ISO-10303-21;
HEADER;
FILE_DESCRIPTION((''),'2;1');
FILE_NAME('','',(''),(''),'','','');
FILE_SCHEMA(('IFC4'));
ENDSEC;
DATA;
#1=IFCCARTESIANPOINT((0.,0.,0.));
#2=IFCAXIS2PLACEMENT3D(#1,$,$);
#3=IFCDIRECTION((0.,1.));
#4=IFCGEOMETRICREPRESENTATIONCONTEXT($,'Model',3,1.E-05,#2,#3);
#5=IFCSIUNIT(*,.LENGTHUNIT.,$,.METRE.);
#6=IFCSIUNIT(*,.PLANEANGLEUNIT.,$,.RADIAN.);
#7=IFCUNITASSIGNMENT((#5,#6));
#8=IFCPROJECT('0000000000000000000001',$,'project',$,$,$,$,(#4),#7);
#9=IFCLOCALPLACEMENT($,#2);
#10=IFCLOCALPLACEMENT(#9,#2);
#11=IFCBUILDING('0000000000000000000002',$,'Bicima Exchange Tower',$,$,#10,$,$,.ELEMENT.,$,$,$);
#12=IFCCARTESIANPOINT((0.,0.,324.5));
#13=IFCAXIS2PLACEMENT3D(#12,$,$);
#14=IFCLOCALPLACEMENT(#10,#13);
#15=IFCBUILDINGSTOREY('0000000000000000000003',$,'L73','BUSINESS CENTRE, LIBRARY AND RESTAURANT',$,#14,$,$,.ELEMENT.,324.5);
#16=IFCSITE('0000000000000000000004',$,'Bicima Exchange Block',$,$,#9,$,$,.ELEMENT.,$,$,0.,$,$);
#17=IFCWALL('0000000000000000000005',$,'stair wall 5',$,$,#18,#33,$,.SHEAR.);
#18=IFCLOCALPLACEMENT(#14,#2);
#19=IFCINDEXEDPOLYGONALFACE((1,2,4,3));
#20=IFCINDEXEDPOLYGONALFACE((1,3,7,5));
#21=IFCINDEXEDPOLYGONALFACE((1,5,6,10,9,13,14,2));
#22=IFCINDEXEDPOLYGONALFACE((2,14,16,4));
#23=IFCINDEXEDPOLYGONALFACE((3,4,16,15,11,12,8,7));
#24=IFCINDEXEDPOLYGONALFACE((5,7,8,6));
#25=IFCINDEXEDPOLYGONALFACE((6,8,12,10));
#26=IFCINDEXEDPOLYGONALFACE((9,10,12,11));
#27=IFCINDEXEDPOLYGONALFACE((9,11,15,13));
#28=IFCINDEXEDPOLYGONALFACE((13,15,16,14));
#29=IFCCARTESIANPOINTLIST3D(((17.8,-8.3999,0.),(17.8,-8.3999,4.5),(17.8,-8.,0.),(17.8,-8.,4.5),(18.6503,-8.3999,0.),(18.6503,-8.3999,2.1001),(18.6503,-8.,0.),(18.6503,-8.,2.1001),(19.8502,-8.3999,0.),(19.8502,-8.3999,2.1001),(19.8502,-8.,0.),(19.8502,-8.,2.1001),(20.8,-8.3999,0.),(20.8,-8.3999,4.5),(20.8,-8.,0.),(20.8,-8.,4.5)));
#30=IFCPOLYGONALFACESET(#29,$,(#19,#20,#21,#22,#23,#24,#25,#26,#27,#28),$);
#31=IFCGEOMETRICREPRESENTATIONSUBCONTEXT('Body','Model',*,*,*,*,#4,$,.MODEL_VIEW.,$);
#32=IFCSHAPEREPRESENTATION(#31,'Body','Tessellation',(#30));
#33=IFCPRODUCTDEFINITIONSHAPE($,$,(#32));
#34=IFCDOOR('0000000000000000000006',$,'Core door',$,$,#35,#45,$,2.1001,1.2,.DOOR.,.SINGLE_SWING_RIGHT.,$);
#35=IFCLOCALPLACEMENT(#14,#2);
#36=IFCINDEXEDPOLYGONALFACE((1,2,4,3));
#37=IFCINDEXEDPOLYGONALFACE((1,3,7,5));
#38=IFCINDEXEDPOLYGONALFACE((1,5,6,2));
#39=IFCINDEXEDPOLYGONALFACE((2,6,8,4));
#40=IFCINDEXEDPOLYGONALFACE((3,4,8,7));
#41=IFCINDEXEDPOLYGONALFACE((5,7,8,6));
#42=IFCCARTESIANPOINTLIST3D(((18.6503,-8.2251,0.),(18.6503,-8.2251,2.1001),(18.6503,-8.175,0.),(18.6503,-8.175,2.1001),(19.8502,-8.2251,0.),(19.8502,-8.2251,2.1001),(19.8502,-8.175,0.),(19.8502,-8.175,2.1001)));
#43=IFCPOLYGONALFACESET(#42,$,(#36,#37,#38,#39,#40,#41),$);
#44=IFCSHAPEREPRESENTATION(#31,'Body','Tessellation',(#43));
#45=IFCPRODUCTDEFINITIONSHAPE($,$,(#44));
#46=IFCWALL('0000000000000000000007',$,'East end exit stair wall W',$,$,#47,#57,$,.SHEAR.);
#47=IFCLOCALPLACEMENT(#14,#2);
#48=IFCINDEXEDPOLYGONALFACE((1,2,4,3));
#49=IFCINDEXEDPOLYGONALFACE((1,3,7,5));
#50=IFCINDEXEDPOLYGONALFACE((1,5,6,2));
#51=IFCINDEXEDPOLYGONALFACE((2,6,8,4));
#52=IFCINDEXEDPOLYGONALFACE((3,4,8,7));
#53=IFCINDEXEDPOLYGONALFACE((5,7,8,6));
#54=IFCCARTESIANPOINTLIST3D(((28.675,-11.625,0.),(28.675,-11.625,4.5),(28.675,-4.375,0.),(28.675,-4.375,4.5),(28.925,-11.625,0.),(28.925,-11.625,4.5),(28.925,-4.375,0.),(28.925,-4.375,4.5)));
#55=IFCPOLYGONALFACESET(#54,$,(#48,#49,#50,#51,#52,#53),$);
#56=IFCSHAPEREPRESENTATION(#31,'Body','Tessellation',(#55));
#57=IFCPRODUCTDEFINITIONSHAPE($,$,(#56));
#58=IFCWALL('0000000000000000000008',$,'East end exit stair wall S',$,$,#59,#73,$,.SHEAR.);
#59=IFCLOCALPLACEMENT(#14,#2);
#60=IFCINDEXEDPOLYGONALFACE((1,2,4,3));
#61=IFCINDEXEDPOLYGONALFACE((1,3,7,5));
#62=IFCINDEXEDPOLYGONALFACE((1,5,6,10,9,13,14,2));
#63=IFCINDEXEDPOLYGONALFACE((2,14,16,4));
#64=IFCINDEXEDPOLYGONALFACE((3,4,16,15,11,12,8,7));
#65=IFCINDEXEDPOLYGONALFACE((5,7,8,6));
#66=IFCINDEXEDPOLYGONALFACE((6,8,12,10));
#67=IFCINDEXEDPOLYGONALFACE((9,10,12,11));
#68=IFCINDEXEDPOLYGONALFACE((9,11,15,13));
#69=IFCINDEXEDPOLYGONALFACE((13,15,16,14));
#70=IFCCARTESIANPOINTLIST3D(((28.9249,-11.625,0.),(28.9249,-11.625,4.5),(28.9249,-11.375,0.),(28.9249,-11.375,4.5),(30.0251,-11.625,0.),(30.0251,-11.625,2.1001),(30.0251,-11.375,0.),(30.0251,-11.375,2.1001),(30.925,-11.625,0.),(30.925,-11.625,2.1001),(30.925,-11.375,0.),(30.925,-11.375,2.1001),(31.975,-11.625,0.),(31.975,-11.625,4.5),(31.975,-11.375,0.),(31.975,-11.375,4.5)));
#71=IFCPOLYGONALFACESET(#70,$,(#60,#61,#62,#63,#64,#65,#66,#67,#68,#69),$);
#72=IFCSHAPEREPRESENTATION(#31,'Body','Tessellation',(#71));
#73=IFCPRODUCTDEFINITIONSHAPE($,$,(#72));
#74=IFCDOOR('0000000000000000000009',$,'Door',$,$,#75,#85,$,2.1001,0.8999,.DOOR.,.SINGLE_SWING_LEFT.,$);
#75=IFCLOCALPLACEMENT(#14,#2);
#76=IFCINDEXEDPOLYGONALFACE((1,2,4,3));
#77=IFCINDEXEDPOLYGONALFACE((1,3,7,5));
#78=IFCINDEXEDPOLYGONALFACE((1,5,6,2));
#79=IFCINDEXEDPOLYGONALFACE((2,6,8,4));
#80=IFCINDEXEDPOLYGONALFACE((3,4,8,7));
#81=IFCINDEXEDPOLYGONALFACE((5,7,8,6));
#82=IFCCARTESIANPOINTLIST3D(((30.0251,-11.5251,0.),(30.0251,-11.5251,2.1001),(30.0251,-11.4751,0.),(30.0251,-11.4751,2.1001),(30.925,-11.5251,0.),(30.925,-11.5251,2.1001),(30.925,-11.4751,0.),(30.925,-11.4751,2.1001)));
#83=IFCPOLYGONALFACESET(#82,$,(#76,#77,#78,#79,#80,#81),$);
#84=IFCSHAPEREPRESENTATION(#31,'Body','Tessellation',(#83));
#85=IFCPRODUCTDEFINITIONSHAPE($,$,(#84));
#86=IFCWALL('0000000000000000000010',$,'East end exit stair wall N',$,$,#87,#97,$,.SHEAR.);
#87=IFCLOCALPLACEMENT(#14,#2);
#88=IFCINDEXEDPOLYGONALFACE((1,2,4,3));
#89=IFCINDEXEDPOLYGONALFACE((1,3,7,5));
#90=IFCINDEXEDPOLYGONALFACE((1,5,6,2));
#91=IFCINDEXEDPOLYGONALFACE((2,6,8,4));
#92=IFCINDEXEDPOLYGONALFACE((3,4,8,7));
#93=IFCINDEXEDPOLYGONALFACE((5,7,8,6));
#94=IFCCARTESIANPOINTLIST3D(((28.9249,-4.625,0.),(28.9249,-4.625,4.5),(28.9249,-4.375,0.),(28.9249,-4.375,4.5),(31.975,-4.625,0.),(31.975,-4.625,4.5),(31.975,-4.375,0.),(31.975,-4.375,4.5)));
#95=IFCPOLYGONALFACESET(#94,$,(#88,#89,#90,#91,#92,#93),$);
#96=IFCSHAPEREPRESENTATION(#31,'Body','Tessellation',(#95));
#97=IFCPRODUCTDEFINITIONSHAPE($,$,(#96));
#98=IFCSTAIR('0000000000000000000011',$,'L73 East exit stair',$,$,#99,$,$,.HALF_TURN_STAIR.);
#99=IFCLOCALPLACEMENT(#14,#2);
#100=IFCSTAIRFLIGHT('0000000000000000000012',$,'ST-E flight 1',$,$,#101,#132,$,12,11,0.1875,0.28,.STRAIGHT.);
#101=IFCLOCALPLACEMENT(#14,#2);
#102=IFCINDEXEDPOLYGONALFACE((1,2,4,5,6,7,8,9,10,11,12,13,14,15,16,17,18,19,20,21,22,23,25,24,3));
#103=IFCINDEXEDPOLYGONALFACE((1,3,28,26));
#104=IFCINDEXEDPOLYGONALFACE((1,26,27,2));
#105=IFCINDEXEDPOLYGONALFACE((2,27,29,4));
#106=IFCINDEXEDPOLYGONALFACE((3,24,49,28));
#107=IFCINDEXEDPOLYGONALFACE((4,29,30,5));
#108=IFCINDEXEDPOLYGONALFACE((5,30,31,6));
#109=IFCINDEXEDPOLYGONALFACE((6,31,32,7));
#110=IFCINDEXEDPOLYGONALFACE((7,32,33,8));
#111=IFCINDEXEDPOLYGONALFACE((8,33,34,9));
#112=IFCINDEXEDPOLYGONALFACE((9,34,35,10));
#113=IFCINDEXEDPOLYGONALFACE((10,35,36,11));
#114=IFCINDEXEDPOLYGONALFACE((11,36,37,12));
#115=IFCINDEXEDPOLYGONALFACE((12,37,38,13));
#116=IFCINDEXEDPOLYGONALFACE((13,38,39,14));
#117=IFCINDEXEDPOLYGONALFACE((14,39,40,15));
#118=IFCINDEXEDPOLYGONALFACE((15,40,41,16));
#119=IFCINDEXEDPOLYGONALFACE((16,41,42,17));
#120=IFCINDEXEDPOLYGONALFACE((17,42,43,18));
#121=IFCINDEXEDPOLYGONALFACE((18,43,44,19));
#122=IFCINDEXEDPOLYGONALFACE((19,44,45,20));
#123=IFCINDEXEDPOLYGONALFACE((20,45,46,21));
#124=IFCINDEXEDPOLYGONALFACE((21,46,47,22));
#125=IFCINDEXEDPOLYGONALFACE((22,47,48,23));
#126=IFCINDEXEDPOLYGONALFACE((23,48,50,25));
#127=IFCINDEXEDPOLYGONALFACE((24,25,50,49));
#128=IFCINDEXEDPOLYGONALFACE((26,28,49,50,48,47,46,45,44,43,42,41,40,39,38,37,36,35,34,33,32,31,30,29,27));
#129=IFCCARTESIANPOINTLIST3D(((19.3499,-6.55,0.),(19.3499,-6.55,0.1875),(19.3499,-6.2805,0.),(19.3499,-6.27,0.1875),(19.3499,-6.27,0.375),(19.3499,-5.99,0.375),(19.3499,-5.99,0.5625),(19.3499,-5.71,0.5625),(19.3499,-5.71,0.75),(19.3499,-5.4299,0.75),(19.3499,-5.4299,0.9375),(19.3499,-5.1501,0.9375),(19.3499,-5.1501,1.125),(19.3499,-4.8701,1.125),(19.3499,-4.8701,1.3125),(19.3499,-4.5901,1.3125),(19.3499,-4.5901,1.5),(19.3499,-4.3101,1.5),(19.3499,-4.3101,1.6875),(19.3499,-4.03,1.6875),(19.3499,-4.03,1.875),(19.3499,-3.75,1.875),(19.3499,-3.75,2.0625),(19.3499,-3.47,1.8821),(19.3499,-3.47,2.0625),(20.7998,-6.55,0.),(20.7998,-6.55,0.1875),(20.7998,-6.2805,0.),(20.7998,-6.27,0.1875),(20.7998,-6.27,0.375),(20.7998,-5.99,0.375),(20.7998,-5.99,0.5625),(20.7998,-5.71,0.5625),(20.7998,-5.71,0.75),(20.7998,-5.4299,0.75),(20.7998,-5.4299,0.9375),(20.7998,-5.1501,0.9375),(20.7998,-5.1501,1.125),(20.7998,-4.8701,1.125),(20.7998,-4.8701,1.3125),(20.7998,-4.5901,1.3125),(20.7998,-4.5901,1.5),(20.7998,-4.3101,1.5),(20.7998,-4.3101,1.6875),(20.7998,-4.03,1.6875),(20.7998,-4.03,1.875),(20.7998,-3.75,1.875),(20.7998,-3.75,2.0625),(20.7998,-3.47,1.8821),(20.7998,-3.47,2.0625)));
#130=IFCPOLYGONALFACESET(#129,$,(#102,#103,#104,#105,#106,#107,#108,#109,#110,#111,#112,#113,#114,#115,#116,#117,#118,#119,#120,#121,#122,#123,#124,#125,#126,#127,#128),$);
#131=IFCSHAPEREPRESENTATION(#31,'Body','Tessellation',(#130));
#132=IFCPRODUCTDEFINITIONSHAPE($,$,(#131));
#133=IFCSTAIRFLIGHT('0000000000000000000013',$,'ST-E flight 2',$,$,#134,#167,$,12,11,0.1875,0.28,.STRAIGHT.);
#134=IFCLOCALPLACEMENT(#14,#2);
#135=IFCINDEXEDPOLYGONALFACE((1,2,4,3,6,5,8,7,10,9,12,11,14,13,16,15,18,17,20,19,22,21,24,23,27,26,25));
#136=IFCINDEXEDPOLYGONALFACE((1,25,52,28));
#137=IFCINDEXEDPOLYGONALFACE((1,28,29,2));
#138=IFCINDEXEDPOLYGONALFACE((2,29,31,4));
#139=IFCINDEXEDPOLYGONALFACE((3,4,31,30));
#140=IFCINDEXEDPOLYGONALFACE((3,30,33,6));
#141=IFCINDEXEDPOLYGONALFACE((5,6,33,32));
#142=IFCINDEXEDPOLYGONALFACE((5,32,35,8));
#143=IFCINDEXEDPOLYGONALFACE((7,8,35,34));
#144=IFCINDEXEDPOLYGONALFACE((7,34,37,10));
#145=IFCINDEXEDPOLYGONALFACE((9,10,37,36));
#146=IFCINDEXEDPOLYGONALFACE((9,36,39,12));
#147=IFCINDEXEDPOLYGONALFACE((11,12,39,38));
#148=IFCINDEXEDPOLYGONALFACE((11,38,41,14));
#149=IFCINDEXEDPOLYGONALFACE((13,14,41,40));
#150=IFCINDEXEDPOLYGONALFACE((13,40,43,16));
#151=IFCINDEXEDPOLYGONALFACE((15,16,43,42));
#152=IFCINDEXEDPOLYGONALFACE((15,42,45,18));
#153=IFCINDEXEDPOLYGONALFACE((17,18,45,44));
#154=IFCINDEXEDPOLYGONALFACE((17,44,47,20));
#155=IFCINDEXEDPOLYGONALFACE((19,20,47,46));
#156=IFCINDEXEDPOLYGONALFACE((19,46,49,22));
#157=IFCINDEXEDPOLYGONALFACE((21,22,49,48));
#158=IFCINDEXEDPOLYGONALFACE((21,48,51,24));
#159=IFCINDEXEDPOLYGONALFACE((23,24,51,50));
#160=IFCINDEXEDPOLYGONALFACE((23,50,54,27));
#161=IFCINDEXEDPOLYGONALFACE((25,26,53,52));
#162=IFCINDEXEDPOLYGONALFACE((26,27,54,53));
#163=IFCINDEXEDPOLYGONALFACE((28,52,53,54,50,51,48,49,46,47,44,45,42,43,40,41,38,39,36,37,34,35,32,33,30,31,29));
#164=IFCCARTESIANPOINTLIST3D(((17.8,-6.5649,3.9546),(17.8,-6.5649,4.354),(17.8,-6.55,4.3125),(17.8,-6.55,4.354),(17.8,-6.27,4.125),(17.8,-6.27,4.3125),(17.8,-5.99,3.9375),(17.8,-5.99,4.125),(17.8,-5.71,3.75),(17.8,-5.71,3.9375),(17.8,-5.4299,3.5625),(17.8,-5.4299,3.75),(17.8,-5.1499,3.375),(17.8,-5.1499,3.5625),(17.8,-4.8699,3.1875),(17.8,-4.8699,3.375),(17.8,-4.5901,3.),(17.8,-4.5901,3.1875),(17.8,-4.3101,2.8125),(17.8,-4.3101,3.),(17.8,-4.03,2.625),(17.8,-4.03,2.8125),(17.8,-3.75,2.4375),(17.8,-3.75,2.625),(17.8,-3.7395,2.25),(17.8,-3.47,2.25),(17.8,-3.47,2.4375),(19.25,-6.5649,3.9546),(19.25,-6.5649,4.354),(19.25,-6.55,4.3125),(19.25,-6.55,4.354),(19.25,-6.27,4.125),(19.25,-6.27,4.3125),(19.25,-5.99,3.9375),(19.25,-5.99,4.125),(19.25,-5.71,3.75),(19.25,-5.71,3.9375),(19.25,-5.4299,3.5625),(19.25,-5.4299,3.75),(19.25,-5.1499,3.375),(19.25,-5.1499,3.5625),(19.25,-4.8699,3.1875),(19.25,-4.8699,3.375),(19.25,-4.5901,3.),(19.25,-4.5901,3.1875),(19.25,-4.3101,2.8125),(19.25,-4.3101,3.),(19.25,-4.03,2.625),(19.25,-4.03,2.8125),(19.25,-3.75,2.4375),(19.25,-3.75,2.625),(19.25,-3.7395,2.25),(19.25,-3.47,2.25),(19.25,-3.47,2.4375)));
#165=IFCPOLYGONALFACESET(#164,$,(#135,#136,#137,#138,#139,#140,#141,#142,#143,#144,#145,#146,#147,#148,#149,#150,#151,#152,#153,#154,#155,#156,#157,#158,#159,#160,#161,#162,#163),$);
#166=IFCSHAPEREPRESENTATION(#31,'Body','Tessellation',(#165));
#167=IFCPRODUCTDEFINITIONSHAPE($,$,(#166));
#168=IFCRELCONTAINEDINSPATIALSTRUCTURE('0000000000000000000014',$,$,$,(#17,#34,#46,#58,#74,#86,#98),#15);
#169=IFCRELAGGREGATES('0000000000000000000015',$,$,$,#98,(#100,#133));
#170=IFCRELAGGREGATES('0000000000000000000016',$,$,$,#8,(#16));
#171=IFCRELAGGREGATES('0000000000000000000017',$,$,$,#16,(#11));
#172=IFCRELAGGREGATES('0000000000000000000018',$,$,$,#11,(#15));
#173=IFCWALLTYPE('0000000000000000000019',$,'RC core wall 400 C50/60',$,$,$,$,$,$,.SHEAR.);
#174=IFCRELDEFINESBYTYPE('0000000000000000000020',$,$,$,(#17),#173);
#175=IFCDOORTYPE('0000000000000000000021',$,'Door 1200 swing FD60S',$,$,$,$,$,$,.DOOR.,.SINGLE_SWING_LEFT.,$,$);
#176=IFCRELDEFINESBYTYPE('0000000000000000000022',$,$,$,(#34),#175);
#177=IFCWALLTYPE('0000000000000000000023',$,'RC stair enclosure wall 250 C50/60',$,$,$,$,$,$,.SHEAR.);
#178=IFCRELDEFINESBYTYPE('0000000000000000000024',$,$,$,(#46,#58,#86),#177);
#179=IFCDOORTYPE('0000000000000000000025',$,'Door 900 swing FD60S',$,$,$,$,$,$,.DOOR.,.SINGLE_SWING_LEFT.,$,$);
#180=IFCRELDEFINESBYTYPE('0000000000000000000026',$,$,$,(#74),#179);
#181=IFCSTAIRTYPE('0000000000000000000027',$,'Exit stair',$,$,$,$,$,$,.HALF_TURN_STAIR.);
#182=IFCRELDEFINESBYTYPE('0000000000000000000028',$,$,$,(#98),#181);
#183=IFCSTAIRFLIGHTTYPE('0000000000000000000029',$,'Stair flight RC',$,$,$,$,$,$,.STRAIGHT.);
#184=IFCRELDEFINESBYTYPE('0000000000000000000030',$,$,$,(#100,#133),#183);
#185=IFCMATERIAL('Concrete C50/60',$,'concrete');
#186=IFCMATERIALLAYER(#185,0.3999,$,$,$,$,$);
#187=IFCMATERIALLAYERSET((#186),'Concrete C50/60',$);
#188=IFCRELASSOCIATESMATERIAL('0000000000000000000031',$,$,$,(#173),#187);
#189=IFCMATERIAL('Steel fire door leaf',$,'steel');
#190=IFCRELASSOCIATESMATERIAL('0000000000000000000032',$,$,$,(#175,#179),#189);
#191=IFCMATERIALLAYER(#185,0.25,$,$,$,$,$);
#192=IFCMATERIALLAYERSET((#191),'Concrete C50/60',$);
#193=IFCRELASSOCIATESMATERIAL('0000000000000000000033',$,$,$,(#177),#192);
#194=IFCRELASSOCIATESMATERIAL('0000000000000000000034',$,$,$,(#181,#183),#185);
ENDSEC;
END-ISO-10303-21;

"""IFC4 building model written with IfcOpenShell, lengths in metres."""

from ifc_helpers import new_model, si_unit, direction, frame, frame_2d, origin, place, context, subcontext, project, spatial, polyline, rectangle, outline, extrude, material, layer, layer_set, type_object, element, fill, aggregate, save


model = new_model("IFC4")

# Units and contexts
model_context = context("Model", 3, precision=1e-05, world=origin(), true_north=direction((0.0, 1.0)))
body_context = subcontext(model_context, "Body", "Model", "MODEL_VIEW")
ifc_project = project(units=[si_unit("LENGTHUNIT", "METRE"), si_unit("PLANEANGLEUNIT", "RADIAN")], contexts=[model_context])

# Site, building, storey
site_placement = place(None, origin())
site = spatial("IfcSite", under=ifc_project, at=site_placement, Name="Bicima Exchange Block", CompositionType="ELEMENT", RefElevation=0.0)
building_placement = place(site_placement, origin())
building = spatial("IfcBuilding", under=site, at=building_placement, Name="Bicima Exchange Tower", CompositionType="ELEMENT")
storey_placement = place(building_placement, frame((0.0, 0.0, 324.5)))
storey = spatial("IfcBuildingStorey", under=building, at=storey_placement, Name="L73", Description="BUSINESS CENTRE, LIBRARY AND RESTAURANT", CompositionType="ELEMENT", Elevation=324.5)

# Wall, opening, door
ifc_material_1 = material(Name="Concrete C50/60", Category="concrete")
ifc_layer_1 = layer(ifc_material_1, 0.3999)
ifc_layer_set_1 = layer_set([ifc_layer_1], Name="Concrete C50/60")
wall_type_1 = type_object("IfcWallType", Name="RC core wall 400 C50/60", PredefinedType="SHEAR", material=ifc_layer_set_1)
wall_1_placement = place(storey_placement, frame((17.8, -8.2, 0.0), z_axis=(0.0, 0.0, 1.0), x_axis=(1.0, 0.0, 0.0)))
wall_1 = element("IfcWall", 1, at=wall_1_placement, inside=storey, type_object=wall_type_1, Name="stair wall 5", PredefinedType="SHEAR", context=body_context, shape_type="SweptSolid", body=[
    extrude(rectangle(XDim=3.0, YDim=0.3999, at=frame_2d((1.5, 0.0))), origin(), (0.0, 0.0, 1.0), 4.5),
])
opening_1_placement = place(wall_1_placement, frame((0.8501, 0.0, 0.0)))
opening_1 = element("IfcOpeningElement", 2, at=opening_1_placement, cuts=wall_1, PredefinedType="OPENING", context=body_context, shape_type="SweptSolid", body=[
    extrude(rectangle(XDim=1.2, YDim=2.1001, at=frame_2d((0.6001, 1.05))), frame((0.0, 0.2119, 0.0), z_axis=(0.0, -1.0, 0.0), x_axis=(1.0, 0.0, 0.0)), (0.0, 0.0, 1.0), 0.4238),
])
ifc_material_2 = material(Name="Steel fire door leaf", Category="steel")
door_type_1 = type_object("IfcDoorType", Name="Door 1200 swing FD60S", OperationType="SINGLE_SWING_LEFT", PredefinedType="DOOR", material=ifc_material_2)
door_1_placement = place(opening_1_placement, origin())
door_1 = element("IfcDoor", 3, at=door_1_placement, inside=storey, type_object=door_type_1, Name="Core door", OperationType="SINGLE_SWING_RIGHT", OverallHeight=2.1001, OverallWidth=1.2, PredefinedType="DOOR", context=body_context, shape_type="SweptSolid", body=[
    extrude(rectangle(XDim=1.2, YDim=2.1001, at=frame_2d((0.6001, 1.05))), frame((0.0, 0.0249, 0.0), z_axis=(0.0, -1.0, 0.0), x_axis=(1.0, 0.0, 0.0)), (0.0, 0.0, 1.0), 0.05),
])
fill(opening_1, door_1)

# Wall
ifc_layer_2 = layer(ifc_material_1, 0.25)
ifc_layer_set_2 = layer_set([ifc_layer_2], Name="Concrete C50/60")
wall_type_2 = type_object("IfcWallType", Name="RC stair enclosure wall 250 C50/60", PredefinedType="SHEAR", material=ifc_layer_set_2)
wall_2_placement = place(storey_placement, frame((28.8, -11.625, 0.0), z_axis=(0.0, 0.0, 1.0), x_axis=(0.0, 1.0, 0.0)))
element("IfcWall", 4, at=wall_2_placement, inside=storey, type_object=wall_type_2, Name="East end exit stair wall W", PredefinedType="SHEAR", context=body_context, shape_type="SweptSolid", body=[
    extrude(rectangle(XDim=7.25, YDim=0.25, at=frame_2d((3.625, 0.0))), origin(), (0.0, 0.0, 1.0), 4.5),
])

# Wall, opening, door
wall_3_placement = place(storey_placement, frame((28.925, -11.5, 0.0), z_axis=(0.0, 0.0, 1.0), x_axis=(1.0, 0.0, 0.0)))
wall_3 = element("IfcWall", 5, at=wall_3_placement, inside=storey, type_object=wall_type_2, Name="East end exit stair wall S", PredefinedType="SHEAR", context=body_context, shape_type="SweptSolid", body=[
    extrude(rectangle(XDim=3.05, YDim=0.25, at=frame_2d((1.5249, 0.0))), origin(), (0.0, 0.0, 1.0), 4.5),
])
opening_2_placement = place(wall_3_placement, frame((1.1001, 0.0, 0.0)))
opening_2 = element("IfcOpeningElement", 6, at=opening_2_placement, cuts=wall_3, PredefinedType="OPENING", context=body_context, shape_type="SweptSolid", body=[
    extrude(rectangle(XDim=0.8999, YDim=2.1001, at=frame_2d((0.45, 1.05))), frame((0.0, 0.137, 0.0), z_axis=(0.0, -1.0, 0.0), x_axis=(1.0, 0.0, 0.0)), (0.0, 0.0, 1.0), 0.2739),
])
door_type_2 = type_object("IfcDoorType", Name="Door 900 swing FD60S", OperationType="SINGLE_SWING_LEFT", PredefinedType="DOOR", material=ifc_material_2)
door_2_placement = place(opening_2_placement, origin())
door_2 = element("IfcDoor", 7, at=door_2_placement, inside=storey, type_object=door_type_2, Name="Door", OperationType="SINGLE_SWING_LEFT", OverallHeight=2.1001, OverallWidth=0.8999, PredefinedType="DOOR", context=body_context, shape_type="SweptSolid", body=[
    extrude(rectangle(XDim=0.8999, YDim=2.1001, at=frame_2d((0.45, 1.05))), frame((0.0, 0.0249, 0.0), z_axis=(0.0, -1.0, 0.0), x_axis=(1.0, 0.0, 0.0)), (0.0, 0.0, 1.0), 0.05),
])
fill(opening_2, door_2)

# Wall
wall_4_placement = place(storey_placement, frame((28.925, -4.5, 0.0), z_axis=(0.0, 0.0, 1.0), x_axis=(1.0, 0.0, 0.0)))
element("IfcWall", 8, at=wall_4_placement, inside=storey, type_object=wall_type_2, Name="East end exit stair wall N", PredefinedType="SHEAR", context=body_context, shape_type="SweptSolid", body=[
    extrude(rectangle(XDim=3.05, YDim=0.25, at=frame_2d((1.5249, 0.0))), origin(), (0.0, 0.0, 1.0), 4.5),
])

# Stair, stair flights
stair_type = type_object("IfcStairType", Name="Exit stair", PredefinedType="HALF_TURN_STAIR", material=ifc_material_1)
stair_1_placement = place(storey_placement, origin())
stair_1 = element("IfcStair", 9, at=stair_1_placement, inside=storey, type_object=stair_type, Name="L73 East exit stair", PredefinedType="HALF_TURN_STAIR")
stair_flight_type = type_object("IfcStairFlightType", Name="Stair flight RC", PredefinedType="STRAIGHT", material=ifc_material_1)
stair_flight_1_placement = place(storey_placement, frame((20.075, -6.55, 0.0), z_axis=(0.0, 0.0, 1.0), x_axis=(0.0, 1.0, 0.0)))
stair_flight_1 = element("IfcStairFlight", 10, at=stair_flight_1_placement, type_object=stair_flight_type, Name="ST-E flight 1", NumberOfRisers=12, NumberOfTreads=11, PredefinedType="STRAIGHT", RiserHeight=0.1875, TreadLength=0.28, context=body_context, shape_type="SweptSolid", body=[
    extrude(outline(polyline([(0.0, 0.0), (0.0, 0.1875), (0.28, 0.1875), (0.28, 0.375), (0.5601, 0.375), (0.5601, 0.5625), (0.8401, 0.5625), (0.8401, 0.75), (1.1201, 0.75), (1.1201, 0.9375), (1.3999, 0.9375), (1.3999, 1.125), (1.6799, 1.125), (1.6799, 1.3125), (1.96, 1.3125), (1.96, 1.5), (2.24, 1.5), (2.24, 1.6875), (2.52, 1.6875), (2.52, 1.875), (2.8, 1.875), (2.8, 2.0625), (3.0801, 2.0625), (3.0801, 2.25), (3.0801, 1.8821), (0.2695, 0.0), (0.0, 0.0)])), frame((0.0, 0.7251, 0.0), z_axis=(0.0, -1.0, 0.0), x_axis=(1.0, 0.0, 0.0)), (0.0, 0.0, 1.0), 1.45),
])
stair_flight_2_placement = place(storey_placement, frame((18.5249, -3.47, 2.25), z_axis=(0.0, 0.0, 1.0), x_axis=(0.0, -1.0, 0.0)))
stair_flight_2 = element("IfcStairFlight", 11, at=stair_flight_2_placement, type_object=stair_flight_type, Name="ST-E flight 2", NumberOfRisers=12, NumberOfTreads=11, PredefinedType="STRAIGHT", RiserHeight=0.1875, TreadLength=0.28, context=body_context, shape_type="SweptSolid", body=[
    extrude(outline(polyline([(0.0, 0.0), (0.0, 0.1875), (0.28, 0.1875), (0.28, 0.375), (0.5601, 0.375), (0.5601, 0.5625), (0.8401, 0.5625), (0.8401, 0.75), (1.1201, 0.75), (1.1201, 0.9375), (1.3999, 0.9375), (1.3999, 1.125), (1.6799, 1.125), (1.6799, 1.3125), (1.96, 1.3125), (1.96, 1.5), (2.24, 1.5), (2.24, 1.6875), (2.52, 1.6875), (2.52, 1.875), (2.8, 1.875), (2.8, 2.0625), (3.0801, 2.0625), (3.0801, 2.104), (3.095, 2.104), (3.095, 1.7046), (0.2695, 0.0), (0.0, 0.0)])), frame((0.0, 0.7251, 0.0), z_axis=(0.0, -1.0, 0.0), x_axis=(1.0, 0.0, 0.0)), (0.0, 0.0, 1.0), 1.45),
])
aggregate(stair_1, [stair_flight_1, stair_flight_2])

save(model, "model.ifc")
